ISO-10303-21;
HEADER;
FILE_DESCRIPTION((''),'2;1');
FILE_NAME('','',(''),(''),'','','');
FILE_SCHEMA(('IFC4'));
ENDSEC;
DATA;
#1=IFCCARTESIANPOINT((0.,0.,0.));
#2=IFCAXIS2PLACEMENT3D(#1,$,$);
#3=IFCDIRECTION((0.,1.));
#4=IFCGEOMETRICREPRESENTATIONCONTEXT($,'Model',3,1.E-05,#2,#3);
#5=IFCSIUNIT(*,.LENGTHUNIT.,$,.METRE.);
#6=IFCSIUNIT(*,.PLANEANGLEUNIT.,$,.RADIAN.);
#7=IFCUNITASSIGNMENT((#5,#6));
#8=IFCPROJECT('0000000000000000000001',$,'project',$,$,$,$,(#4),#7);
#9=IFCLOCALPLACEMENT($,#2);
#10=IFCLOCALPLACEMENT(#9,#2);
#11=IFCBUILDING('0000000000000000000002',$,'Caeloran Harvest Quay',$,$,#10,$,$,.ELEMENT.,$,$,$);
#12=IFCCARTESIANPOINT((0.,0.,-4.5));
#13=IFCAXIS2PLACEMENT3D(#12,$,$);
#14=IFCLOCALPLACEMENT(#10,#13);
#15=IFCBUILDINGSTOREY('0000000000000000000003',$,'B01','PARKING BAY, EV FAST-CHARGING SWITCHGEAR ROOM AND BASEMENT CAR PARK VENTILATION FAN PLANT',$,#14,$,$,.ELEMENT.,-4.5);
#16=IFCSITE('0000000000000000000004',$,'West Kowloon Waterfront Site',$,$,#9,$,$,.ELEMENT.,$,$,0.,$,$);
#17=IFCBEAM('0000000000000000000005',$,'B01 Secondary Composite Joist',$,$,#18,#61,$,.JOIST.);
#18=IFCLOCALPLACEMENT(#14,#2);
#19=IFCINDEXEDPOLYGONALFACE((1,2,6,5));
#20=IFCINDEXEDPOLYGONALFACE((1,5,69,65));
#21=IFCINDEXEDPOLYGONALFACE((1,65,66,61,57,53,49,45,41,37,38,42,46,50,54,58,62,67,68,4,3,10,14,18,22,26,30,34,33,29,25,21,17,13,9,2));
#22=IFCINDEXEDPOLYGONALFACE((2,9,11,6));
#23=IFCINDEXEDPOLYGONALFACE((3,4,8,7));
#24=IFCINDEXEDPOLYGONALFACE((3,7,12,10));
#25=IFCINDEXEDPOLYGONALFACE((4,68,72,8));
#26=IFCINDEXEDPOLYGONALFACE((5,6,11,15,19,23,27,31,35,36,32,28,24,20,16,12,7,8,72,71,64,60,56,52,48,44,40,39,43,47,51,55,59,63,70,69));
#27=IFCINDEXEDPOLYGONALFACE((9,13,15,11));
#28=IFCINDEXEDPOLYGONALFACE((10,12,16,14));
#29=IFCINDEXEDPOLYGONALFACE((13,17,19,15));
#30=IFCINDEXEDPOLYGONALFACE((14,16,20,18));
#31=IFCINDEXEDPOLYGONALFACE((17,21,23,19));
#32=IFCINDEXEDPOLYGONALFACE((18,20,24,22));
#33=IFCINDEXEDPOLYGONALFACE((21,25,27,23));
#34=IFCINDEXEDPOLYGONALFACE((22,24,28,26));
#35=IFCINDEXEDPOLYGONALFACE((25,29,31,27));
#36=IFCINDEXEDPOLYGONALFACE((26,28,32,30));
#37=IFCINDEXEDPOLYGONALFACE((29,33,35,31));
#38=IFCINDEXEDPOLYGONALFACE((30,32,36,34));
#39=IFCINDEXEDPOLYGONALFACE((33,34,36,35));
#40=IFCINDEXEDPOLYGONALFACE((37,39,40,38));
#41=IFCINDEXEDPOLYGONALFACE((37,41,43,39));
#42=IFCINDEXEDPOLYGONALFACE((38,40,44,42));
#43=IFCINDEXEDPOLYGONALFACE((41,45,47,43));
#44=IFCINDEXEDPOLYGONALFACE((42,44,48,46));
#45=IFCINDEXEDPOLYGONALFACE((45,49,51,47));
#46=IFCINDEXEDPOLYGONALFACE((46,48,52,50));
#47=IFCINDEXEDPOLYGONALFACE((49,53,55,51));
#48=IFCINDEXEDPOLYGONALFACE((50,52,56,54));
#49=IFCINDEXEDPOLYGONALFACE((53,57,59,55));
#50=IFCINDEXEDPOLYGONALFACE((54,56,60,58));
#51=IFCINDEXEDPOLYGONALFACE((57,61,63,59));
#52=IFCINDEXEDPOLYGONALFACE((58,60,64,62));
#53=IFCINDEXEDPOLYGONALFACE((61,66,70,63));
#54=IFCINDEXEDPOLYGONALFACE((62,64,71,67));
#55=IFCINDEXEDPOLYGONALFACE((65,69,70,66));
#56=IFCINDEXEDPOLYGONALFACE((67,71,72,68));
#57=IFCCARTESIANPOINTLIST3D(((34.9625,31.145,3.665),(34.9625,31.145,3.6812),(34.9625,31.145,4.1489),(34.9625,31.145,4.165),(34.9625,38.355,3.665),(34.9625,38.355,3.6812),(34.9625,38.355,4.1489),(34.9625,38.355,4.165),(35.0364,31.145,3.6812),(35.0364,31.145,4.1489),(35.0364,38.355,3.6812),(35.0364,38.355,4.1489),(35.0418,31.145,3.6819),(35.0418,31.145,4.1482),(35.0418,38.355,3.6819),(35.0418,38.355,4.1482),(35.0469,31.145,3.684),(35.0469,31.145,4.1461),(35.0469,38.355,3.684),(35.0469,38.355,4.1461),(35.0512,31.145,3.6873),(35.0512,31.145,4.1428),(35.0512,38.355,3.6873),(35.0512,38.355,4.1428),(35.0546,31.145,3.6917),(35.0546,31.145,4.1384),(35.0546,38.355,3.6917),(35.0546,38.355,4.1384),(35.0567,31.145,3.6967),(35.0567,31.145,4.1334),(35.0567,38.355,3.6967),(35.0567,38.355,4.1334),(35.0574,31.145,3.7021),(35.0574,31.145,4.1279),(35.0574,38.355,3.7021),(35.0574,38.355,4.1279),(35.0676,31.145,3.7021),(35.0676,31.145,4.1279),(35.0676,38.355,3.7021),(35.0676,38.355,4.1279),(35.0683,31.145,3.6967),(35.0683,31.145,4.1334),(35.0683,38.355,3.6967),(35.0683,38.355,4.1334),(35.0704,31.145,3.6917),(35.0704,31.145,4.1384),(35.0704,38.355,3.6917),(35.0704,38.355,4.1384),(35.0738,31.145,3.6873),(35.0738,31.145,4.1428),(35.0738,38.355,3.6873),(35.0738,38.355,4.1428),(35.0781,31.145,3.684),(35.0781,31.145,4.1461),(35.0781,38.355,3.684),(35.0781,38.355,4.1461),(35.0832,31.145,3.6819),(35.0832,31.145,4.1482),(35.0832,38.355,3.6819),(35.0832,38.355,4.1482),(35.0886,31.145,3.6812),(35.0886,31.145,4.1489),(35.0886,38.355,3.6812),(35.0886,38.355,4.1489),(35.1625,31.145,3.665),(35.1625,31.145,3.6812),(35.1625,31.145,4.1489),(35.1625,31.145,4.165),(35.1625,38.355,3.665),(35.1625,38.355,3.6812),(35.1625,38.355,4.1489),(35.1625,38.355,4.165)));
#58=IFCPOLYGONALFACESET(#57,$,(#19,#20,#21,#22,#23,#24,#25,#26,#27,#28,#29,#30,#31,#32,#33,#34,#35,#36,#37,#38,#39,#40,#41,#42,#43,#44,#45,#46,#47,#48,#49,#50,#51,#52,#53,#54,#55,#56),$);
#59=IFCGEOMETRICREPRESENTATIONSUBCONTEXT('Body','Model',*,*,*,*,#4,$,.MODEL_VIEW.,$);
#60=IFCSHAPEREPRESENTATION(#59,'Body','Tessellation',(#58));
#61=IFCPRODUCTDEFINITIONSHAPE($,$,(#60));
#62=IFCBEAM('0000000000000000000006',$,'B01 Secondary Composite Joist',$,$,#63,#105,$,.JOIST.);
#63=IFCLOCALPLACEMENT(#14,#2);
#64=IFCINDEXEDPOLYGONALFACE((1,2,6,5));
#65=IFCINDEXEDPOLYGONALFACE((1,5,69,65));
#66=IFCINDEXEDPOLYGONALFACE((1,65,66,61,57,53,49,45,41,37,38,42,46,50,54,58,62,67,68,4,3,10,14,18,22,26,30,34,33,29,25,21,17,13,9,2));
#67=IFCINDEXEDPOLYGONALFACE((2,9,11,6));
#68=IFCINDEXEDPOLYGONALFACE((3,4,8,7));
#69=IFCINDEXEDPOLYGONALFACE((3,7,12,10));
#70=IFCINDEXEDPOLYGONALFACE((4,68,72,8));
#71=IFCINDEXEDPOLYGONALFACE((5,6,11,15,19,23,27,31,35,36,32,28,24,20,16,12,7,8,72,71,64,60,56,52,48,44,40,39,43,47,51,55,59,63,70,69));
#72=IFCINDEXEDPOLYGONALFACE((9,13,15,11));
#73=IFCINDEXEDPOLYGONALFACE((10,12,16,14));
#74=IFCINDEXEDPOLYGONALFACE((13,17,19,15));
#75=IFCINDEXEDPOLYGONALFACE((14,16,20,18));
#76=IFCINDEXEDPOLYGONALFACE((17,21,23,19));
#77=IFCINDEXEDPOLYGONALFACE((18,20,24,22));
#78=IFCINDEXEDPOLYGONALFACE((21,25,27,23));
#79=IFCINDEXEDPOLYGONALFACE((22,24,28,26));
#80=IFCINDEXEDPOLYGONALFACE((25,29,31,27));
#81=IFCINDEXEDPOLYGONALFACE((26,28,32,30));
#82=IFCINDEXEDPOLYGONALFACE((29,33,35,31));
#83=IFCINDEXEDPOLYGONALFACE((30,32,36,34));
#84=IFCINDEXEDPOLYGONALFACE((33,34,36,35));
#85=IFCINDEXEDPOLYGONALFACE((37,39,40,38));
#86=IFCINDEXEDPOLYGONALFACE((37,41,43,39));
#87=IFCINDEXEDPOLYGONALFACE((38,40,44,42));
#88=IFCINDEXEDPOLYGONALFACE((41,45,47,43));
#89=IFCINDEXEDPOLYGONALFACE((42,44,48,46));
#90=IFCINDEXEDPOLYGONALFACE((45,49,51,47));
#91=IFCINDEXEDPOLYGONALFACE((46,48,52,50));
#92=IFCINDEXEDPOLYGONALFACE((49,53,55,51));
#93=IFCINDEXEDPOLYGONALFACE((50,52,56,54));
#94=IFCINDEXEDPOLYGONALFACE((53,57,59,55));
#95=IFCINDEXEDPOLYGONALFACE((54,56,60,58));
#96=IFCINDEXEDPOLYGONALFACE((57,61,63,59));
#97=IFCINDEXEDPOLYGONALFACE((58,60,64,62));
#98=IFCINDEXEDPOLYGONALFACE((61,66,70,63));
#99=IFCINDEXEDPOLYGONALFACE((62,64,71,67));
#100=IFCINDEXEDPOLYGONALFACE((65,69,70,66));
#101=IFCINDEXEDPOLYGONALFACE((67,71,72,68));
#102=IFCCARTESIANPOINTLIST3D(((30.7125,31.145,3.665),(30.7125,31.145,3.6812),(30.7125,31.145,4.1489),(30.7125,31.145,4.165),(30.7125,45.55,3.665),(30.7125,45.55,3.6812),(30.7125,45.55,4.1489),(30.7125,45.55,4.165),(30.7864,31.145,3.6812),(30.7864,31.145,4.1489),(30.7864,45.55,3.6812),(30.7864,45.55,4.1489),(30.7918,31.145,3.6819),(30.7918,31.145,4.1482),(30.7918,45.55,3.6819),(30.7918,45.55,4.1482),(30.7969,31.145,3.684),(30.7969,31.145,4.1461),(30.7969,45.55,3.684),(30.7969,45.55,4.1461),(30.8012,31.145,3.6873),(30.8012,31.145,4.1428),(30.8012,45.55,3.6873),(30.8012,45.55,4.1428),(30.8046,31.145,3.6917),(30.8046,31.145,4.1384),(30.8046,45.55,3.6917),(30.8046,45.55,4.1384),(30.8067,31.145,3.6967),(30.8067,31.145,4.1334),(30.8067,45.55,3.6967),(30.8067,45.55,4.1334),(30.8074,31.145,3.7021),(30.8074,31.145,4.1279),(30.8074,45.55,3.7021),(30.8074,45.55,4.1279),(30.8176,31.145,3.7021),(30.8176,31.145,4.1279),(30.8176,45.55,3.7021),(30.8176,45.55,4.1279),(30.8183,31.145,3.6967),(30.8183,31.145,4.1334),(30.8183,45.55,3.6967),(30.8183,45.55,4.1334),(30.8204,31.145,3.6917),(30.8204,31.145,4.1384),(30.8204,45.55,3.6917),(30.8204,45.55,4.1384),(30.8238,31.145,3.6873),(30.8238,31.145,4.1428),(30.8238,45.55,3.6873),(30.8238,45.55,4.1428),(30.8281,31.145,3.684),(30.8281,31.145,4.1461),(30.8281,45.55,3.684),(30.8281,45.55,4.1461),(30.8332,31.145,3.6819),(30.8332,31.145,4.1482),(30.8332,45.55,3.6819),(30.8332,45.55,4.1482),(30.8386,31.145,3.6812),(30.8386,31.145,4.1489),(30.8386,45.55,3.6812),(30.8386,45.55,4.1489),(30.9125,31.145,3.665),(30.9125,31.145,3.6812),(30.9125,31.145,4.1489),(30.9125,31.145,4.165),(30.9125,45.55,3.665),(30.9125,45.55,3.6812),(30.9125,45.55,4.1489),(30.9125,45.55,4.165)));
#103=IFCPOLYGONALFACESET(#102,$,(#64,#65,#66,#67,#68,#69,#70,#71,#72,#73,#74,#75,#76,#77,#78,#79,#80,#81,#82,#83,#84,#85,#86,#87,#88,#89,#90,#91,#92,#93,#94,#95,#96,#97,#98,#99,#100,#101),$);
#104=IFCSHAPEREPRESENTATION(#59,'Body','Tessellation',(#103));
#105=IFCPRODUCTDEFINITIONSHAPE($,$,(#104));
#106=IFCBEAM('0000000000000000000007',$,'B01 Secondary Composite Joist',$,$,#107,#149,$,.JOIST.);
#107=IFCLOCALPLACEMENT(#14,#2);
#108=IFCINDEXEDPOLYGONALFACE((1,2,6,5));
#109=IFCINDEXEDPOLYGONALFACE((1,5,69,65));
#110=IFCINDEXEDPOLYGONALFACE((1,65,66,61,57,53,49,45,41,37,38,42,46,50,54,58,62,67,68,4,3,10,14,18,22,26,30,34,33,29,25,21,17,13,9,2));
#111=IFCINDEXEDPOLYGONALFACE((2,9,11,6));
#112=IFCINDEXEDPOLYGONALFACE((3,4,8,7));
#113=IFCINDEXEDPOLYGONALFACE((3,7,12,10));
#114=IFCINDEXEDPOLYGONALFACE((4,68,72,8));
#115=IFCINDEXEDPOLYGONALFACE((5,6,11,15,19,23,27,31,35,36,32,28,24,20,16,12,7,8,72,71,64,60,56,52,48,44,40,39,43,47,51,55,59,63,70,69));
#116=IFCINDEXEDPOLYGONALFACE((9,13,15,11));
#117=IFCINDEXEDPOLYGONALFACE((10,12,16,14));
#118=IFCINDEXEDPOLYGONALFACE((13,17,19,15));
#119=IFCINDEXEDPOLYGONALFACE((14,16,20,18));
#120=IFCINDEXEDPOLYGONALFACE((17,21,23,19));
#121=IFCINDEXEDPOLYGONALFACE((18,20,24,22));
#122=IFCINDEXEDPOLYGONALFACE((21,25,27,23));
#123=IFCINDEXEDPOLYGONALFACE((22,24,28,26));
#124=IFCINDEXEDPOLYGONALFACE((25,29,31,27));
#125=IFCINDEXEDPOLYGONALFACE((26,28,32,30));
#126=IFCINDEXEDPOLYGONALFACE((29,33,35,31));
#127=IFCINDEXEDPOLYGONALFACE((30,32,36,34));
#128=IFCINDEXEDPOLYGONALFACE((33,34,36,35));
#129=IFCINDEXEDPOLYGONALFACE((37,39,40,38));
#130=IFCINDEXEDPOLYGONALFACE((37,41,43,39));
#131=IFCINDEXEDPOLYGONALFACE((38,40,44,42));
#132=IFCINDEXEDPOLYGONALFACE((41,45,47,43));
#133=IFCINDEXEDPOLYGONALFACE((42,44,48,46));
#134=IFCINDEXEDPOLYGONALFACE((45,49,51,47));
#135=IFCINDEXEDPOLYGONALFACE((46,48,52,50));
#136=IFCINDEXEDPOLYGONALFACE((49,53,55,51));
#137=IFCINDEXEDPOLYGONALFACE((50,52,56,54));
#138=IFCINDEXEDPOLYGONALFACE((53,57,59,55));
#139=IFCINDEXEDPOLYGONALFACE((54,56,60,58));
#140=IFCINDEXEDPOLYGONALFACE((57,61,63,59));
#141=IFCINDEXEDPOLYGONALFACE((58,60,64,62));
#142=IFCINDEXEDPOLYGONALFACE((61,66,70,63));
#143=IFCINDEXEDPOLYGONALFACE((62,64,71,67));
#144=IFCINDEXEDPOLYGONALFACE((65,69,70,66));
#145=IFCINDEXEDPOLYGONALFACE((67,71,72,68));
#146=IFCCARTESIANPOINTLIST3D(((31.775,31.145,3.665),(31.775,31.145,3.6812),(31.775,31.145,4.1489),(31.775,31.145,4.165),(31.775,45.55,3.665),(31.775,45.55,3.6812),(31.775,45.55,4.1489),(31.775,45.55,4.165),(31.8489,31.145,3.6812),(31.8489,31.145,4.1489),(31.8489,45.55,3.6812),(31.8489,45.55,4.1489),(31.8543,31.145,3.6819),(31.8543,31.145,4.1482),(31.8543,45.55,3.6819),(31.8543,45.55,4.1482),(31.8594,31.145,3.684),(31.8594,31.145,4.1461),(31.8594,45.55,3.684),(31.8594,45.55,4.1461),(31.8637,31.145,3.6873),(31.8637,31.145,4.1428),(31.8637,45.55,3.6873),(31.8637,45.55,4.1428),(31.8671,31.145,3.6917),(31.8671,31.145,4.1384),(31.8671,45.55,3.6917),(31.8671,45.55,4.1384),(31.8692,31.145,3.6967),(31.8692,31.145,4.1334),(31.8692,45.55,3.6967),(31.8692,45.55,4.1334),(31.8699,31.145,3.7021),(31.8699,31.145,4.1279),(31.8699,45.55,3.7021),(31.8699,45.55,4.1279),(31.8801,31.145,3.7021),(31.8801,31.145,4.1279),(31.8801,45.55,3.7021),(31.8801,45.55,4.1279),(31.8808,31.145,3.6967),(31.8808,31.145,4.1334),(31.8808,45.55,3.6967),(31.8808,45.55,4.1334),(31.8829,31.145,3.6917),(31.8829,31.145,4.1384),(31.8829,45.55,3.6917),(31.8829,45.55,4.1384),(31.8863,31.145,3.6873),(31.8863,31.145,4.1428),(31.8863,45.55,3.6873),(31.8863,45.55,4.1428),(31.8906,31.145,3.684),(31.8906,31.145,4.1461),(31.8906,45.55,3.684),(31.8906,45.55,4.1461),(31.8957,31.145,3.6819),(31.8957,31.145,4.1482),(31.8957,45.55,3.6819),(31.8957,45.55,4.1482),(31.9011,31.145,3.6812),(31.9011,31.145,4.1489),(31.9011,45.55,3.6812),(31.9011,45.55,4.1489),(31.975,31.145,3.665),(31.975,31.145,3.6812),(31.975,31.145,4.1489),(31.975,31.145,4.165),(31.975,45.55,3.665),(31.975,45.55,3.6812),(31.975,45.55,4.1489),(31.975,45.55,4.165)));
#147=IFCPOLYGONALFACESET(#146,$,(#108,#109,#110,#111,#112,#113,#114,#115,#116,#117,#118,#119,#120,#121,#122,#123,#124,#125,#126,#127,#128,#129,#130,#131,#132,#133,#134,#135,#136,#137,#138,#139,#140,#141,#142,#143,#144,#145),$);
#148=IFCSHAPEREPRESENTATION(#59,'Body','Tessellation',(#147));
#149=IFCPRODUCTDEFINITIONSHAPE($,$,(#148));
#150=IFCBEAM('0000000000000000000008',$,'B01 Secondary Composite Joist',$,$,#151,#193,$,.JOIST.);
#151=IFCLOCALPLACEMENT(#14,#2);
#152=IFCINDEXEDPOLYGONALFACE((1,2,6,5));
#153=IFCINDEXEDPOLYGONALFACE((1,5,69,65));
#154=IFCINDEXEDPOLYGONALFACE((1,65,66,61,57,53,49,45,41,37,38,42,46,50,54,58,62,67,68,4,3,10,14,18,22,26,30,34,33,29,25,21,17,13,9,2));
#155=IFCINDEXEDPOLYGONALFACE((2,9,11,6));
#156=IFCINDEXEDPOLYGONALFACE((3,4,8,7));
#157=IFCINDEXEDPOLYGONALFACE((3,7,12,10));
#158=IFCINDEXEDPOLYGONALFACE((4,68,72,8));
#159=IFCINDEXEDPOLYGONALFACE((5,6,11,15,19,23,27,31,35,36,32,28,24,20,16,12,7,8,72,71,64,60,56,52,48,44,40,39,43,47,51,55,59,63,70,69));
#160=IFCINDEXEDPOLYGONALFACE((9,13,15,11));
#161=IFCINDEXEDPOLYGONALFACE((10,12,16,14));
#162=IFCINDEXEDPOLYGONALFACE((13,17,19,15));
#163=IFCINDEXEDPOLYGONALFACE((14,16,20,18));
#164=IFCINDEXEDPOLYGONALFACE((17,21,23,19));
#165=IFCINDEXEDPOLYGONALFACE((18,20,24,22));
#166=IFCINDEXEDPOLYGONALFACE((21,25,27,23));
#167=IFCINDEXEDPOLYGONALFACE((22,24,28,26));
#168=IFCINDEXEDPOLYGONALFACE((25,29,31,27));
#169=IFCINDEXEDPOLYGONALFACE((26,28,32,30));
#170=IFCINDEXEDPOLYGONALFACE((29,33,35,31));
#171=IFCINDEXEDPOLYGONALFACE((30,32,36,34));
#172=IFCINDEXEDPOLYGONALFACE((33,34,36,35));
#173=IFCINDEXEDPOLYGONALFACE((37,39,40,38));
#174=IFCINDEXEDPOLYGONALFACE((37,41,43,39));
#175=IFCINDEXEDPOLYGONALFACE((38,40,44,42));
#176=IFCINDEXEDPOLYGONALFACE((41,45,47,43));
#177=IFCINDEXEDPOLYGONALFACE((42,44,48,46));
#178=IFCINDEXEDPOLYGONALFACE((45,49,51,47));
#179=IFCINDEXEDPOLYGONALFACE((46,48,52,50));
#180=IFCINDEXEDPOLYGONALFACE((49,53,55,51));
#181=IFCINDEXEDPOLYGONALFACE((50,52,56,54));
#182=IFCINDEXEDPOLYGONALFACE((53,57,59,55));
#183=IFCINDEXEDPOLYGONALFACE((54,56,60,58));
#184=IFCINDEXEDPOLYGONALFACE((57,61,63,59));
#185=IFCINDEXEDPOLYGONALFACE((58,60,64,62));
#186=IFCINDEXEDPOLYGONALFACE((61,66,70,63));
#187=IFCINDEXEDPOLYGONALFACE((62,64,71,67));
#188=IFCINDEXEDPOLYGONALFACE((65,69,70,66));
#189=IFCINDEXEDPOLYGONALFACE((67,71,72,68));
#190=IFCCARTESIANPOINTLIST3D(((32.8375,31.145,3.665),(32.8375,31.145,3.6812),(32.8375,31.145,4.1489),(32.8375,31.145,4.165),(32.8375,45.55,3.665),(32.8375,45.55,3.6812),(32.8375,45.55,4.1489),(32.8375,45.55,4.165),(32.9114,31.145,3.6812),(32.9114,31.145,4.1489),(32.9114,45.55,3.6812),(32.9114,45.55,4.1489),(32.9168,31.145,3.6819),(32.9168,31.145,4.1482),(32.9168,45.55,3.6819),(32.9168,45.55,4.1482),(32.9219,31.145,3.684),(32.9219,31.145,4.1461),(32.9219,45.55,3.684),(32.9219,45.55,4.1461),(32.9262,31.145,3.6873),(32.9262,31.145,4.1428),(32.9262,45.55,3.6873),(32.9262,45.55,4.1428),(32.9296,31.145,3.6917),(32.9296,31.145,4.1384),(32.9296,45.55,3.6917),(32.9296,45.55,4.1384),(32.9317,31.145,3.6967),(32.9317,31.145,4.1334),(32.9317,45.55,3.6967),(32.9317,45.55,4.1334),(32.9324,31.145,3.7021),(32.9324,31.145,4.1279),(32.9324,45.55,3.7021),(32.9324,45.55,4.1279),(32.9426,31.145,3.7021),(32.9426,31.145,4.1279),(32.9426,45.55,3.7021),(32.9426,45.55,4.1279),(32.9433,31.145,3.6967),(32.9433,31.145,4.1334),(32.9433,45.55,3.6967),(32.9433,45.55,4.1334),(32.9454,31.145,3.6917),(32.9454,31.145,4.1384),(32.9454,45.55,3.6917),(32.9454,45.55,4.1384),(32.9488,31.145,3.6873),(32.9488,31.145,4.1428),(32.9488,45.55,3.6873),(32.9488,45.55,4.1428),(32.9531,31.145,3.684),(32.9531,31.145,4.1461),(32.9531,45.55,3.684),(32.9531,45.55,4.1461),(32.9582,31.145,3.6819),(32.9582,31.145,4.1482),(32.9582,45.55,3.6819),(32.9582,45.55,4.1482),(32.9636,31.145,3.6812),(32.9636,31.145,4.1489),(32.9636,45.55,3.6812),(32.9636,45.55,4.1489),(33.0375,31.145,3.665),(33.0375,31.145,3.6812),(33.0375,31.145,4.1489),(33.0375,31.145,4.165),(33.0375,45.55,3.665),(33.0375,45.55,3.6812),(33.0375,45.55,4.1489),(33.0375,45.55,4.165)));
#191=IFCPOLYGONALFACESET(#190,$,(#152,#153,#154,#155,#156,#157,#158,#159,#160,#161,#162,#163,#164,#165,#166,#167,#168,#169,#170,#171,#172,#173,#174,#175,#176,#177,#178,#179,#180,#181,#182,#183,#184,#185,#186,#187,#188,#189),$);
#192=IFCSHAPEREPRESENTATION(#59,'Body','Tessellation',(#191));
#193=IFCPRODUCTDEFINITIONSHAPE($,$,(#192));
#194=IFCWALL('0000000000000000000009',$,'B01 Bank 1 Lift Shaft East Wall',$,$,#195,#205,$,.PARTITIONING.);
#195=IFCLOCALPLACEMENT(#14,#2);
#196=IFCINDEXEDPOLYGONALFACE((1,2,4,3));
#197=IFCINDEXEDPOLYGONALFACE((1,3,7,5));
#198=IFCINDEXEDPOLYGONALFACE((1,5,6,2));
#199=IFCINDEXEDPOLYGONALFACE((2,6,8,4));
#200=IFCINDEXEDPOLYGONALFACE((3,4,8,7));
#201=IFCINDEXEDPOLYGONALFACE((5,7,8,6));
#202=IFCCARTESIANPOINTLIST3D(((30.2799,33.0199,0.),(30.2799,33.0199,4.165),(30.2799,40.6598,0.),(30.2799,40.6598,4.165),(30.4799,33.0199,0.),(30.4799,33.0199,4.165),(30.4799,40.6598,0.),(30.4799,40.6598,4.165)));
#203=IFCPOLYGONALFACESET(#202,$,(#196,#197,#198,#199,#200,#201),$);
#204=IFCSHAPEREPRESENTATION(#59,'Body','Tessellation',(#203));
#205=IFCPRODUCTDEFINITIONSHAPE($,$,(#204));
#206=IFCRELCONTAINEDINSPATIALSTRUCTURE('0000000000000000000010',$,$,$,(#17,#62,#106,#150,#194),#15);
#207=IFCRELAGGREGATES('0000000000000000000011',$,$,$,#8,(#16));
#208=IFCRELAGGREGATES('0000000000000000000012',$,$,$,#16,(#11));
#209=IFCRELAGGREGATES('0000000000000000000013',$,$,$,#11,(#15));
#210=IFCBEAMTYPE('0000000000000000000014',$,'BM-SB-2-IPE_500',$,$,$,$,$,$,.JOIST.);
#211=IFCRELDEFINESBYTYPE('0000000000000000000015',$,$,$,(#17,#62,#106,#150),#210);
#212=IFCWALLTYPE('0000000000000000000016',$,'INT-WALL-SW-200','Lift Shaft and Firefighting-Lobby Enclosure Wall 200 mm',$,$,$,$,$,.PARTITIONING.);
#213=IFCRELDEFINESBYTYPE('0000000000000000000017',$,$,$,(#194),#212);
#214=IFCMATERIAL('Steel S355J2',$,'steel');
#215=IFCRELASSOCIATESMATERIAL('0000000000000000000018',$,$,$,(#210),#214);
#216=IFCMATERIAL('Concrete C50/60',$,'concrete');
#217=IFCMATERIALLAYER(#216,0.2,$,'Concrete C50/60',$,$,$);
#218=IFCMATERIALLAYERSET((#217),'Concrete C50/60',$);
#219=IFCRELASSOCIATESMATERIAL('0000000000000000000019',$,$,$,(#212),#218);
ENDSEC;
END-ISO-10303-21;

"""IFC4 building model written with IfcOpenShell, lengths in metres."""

from ifc_helpers import new_model, si_unit, direction, frame, frame_2d, origin, origin_2d, place, context, subcontext, project, spatial, rectangle, i_section, extrude, material, layer, layer_set, material_profile, profile_set, type_object, element, save


model = new_model("IFC4")

# Units and contexts
model_context = context("Model", 3, precision=1e-05, world=origin(), true_north=direction((0.0, 1.0)))
body_context = subcontext(model_context, "Body", "Model", "MODEL_VIEW")
ifc_project = project(units=[si_unit("LENGTHUNIT", "METRE"), si_unit("PLANEANGLEUNIT", "RADIAN")], contexts=[model_context])

# Site, building, storey
site_placement = place(None, origin())
site = spatial("IfcSite", under=ifc_project, at=site_placement, Name="West Kowloon Waterfront Site", CompositionType="ELEMENT", RefElevation=0.0)
building_placement = place(site_placement, origin())
building = spatial("IfcBuilding", under=site, at=building_placement, Name="Caeloran Harvest Quay", CompositionType="ELEMENT")
storey_placement = place(building_placement, frame((0.0, 0.0, -4.5)))
storey = spatial("IfcBuildingStorey", under=building, at=storey_placement, Name="B01", Description="PARKING BAY, EV FAST-CHARGING SWITCHGEAR ROOM AND BASEMENT CAR PARK VENTILATION FAN PLANT", CompositionType="ELEMENT", Elevation=-4.5)

# Beams
ifc_material_1 = material(Name="Steel S355J2", Category="steel")
ifc_material_profile_1 = material_profile(ifc_material_1, i_section(OverallWidth=0.2, OverallDepth=0.5, WebThickness=0.0103, FlangeThickness=0.0161, FilletRadius=0.021, at=origin_2d()), Name="IPE 500")
ifc_profile_set_1 = profile_set([ifc_material_profile_1], Name="Steel S355J2")
beam_type_1 = type_object("IfcBeamType", Name="BM-SB-2-IPE_500", PredefinedType="JOIST", material=ifc_profile_set_1)
beam_1_placement = place(storey_placement, frame((35.0625, 31.145, 3.915), z_axis=(0.0, 1.0, 0.0), x_axis=(-1.0, 0.0, 0.0)))
element("IfcBeam", 1, at=beam_1_placement, inside=storey, type_object=beam_type_1, Name="B01 Secondary Composite Joist", PredefinedType="JOIST", context=body_context, shape_type="SweptSolid", body=[
    extrude(i_section(OverallWidth=0.2, OverallDepth=0.5, WebThickness=0.0103, FlangeThickness=0.0161, FilletRadius=0.021, at=origin_2d()), origin(), (0.0, 0.0, 1.0), 7.21),
])
for number, where, z_axis, x_axis, name in (
    (2, (30.8125, 31.145, 3.915), (0.0, 1.0, 0.0), (-1.0, 0.0, 0.0), "B01 Secondary Composite Joist"),
    (3, (31.875, 31.145, 3.915), (0.0, 1.0, 0.0), (-1.0, 0.0, 0.0), "B01 Secondary Composite Joist"),
    (4, (32.9375, 31.145, 3.915), (0.0, 1.0, 0.0), (-1.0, 0.0, 0.0), "B01 Secondary Composite Joist"),
):
    element("IfcBeam", number, at=place(storey_placement, frame(where, z_axis=z_axis, x_axis=x_axis)), inside=storey, type_object=beam_type_1, Name=name, PredefinedType="JOIST", context=body_context, shape_type="SweptSolid", body=[
        extrude(i_section(OverallWidth=0.2, OverallDepth=0.5, WebThickness=0.0103, FlangeThickness=0.0161, FilletRadius=0.021, at=origin_2d()), origin(), (0.0, 0.0, 1.0), 14.405),
    ])

# Wall
ifc_material_2 = material(Name="Concrete C50/60", Category="concrete")
ifc_layer = layer(ifc_material_2, 0.2, Name="Concrete C50/60")
ifc_layer_set = layer_set([ifc_layer], Name="Concrete C50/60")
wall_type = type_object("IfcWallType", Name="INT-WALL-SW-200", Description="Lift Shaft and Firefighting-Lobby Enclosure Wall 200 mm", PredefinedType="PARTITIONING", material=ifc_layer_set)
wall_1_placement = place(storey_placement, frame((30.3799, 33.02, 0.0), z_axis=(0.0, 0.0, 1.0), x_axis=(0.0, 1.0, 0.0)))
element("IfcWall", 5, at=wall_1_placement, inside=storey, type_object=wall_type, Name="B01 Bank 1 Lift Shaft East Wall", PredefinedType="PARTITIONING", context=body_context, shape_type="SweptSolid", body=[
    extrude(rectangle(XDim=7.6399, YDim=0.2, at=frame_2d((3.8198, 0.0))), origin(), (0.0, 0.0, 1.0), 4.165),
])

save(model, "model.ifc")
